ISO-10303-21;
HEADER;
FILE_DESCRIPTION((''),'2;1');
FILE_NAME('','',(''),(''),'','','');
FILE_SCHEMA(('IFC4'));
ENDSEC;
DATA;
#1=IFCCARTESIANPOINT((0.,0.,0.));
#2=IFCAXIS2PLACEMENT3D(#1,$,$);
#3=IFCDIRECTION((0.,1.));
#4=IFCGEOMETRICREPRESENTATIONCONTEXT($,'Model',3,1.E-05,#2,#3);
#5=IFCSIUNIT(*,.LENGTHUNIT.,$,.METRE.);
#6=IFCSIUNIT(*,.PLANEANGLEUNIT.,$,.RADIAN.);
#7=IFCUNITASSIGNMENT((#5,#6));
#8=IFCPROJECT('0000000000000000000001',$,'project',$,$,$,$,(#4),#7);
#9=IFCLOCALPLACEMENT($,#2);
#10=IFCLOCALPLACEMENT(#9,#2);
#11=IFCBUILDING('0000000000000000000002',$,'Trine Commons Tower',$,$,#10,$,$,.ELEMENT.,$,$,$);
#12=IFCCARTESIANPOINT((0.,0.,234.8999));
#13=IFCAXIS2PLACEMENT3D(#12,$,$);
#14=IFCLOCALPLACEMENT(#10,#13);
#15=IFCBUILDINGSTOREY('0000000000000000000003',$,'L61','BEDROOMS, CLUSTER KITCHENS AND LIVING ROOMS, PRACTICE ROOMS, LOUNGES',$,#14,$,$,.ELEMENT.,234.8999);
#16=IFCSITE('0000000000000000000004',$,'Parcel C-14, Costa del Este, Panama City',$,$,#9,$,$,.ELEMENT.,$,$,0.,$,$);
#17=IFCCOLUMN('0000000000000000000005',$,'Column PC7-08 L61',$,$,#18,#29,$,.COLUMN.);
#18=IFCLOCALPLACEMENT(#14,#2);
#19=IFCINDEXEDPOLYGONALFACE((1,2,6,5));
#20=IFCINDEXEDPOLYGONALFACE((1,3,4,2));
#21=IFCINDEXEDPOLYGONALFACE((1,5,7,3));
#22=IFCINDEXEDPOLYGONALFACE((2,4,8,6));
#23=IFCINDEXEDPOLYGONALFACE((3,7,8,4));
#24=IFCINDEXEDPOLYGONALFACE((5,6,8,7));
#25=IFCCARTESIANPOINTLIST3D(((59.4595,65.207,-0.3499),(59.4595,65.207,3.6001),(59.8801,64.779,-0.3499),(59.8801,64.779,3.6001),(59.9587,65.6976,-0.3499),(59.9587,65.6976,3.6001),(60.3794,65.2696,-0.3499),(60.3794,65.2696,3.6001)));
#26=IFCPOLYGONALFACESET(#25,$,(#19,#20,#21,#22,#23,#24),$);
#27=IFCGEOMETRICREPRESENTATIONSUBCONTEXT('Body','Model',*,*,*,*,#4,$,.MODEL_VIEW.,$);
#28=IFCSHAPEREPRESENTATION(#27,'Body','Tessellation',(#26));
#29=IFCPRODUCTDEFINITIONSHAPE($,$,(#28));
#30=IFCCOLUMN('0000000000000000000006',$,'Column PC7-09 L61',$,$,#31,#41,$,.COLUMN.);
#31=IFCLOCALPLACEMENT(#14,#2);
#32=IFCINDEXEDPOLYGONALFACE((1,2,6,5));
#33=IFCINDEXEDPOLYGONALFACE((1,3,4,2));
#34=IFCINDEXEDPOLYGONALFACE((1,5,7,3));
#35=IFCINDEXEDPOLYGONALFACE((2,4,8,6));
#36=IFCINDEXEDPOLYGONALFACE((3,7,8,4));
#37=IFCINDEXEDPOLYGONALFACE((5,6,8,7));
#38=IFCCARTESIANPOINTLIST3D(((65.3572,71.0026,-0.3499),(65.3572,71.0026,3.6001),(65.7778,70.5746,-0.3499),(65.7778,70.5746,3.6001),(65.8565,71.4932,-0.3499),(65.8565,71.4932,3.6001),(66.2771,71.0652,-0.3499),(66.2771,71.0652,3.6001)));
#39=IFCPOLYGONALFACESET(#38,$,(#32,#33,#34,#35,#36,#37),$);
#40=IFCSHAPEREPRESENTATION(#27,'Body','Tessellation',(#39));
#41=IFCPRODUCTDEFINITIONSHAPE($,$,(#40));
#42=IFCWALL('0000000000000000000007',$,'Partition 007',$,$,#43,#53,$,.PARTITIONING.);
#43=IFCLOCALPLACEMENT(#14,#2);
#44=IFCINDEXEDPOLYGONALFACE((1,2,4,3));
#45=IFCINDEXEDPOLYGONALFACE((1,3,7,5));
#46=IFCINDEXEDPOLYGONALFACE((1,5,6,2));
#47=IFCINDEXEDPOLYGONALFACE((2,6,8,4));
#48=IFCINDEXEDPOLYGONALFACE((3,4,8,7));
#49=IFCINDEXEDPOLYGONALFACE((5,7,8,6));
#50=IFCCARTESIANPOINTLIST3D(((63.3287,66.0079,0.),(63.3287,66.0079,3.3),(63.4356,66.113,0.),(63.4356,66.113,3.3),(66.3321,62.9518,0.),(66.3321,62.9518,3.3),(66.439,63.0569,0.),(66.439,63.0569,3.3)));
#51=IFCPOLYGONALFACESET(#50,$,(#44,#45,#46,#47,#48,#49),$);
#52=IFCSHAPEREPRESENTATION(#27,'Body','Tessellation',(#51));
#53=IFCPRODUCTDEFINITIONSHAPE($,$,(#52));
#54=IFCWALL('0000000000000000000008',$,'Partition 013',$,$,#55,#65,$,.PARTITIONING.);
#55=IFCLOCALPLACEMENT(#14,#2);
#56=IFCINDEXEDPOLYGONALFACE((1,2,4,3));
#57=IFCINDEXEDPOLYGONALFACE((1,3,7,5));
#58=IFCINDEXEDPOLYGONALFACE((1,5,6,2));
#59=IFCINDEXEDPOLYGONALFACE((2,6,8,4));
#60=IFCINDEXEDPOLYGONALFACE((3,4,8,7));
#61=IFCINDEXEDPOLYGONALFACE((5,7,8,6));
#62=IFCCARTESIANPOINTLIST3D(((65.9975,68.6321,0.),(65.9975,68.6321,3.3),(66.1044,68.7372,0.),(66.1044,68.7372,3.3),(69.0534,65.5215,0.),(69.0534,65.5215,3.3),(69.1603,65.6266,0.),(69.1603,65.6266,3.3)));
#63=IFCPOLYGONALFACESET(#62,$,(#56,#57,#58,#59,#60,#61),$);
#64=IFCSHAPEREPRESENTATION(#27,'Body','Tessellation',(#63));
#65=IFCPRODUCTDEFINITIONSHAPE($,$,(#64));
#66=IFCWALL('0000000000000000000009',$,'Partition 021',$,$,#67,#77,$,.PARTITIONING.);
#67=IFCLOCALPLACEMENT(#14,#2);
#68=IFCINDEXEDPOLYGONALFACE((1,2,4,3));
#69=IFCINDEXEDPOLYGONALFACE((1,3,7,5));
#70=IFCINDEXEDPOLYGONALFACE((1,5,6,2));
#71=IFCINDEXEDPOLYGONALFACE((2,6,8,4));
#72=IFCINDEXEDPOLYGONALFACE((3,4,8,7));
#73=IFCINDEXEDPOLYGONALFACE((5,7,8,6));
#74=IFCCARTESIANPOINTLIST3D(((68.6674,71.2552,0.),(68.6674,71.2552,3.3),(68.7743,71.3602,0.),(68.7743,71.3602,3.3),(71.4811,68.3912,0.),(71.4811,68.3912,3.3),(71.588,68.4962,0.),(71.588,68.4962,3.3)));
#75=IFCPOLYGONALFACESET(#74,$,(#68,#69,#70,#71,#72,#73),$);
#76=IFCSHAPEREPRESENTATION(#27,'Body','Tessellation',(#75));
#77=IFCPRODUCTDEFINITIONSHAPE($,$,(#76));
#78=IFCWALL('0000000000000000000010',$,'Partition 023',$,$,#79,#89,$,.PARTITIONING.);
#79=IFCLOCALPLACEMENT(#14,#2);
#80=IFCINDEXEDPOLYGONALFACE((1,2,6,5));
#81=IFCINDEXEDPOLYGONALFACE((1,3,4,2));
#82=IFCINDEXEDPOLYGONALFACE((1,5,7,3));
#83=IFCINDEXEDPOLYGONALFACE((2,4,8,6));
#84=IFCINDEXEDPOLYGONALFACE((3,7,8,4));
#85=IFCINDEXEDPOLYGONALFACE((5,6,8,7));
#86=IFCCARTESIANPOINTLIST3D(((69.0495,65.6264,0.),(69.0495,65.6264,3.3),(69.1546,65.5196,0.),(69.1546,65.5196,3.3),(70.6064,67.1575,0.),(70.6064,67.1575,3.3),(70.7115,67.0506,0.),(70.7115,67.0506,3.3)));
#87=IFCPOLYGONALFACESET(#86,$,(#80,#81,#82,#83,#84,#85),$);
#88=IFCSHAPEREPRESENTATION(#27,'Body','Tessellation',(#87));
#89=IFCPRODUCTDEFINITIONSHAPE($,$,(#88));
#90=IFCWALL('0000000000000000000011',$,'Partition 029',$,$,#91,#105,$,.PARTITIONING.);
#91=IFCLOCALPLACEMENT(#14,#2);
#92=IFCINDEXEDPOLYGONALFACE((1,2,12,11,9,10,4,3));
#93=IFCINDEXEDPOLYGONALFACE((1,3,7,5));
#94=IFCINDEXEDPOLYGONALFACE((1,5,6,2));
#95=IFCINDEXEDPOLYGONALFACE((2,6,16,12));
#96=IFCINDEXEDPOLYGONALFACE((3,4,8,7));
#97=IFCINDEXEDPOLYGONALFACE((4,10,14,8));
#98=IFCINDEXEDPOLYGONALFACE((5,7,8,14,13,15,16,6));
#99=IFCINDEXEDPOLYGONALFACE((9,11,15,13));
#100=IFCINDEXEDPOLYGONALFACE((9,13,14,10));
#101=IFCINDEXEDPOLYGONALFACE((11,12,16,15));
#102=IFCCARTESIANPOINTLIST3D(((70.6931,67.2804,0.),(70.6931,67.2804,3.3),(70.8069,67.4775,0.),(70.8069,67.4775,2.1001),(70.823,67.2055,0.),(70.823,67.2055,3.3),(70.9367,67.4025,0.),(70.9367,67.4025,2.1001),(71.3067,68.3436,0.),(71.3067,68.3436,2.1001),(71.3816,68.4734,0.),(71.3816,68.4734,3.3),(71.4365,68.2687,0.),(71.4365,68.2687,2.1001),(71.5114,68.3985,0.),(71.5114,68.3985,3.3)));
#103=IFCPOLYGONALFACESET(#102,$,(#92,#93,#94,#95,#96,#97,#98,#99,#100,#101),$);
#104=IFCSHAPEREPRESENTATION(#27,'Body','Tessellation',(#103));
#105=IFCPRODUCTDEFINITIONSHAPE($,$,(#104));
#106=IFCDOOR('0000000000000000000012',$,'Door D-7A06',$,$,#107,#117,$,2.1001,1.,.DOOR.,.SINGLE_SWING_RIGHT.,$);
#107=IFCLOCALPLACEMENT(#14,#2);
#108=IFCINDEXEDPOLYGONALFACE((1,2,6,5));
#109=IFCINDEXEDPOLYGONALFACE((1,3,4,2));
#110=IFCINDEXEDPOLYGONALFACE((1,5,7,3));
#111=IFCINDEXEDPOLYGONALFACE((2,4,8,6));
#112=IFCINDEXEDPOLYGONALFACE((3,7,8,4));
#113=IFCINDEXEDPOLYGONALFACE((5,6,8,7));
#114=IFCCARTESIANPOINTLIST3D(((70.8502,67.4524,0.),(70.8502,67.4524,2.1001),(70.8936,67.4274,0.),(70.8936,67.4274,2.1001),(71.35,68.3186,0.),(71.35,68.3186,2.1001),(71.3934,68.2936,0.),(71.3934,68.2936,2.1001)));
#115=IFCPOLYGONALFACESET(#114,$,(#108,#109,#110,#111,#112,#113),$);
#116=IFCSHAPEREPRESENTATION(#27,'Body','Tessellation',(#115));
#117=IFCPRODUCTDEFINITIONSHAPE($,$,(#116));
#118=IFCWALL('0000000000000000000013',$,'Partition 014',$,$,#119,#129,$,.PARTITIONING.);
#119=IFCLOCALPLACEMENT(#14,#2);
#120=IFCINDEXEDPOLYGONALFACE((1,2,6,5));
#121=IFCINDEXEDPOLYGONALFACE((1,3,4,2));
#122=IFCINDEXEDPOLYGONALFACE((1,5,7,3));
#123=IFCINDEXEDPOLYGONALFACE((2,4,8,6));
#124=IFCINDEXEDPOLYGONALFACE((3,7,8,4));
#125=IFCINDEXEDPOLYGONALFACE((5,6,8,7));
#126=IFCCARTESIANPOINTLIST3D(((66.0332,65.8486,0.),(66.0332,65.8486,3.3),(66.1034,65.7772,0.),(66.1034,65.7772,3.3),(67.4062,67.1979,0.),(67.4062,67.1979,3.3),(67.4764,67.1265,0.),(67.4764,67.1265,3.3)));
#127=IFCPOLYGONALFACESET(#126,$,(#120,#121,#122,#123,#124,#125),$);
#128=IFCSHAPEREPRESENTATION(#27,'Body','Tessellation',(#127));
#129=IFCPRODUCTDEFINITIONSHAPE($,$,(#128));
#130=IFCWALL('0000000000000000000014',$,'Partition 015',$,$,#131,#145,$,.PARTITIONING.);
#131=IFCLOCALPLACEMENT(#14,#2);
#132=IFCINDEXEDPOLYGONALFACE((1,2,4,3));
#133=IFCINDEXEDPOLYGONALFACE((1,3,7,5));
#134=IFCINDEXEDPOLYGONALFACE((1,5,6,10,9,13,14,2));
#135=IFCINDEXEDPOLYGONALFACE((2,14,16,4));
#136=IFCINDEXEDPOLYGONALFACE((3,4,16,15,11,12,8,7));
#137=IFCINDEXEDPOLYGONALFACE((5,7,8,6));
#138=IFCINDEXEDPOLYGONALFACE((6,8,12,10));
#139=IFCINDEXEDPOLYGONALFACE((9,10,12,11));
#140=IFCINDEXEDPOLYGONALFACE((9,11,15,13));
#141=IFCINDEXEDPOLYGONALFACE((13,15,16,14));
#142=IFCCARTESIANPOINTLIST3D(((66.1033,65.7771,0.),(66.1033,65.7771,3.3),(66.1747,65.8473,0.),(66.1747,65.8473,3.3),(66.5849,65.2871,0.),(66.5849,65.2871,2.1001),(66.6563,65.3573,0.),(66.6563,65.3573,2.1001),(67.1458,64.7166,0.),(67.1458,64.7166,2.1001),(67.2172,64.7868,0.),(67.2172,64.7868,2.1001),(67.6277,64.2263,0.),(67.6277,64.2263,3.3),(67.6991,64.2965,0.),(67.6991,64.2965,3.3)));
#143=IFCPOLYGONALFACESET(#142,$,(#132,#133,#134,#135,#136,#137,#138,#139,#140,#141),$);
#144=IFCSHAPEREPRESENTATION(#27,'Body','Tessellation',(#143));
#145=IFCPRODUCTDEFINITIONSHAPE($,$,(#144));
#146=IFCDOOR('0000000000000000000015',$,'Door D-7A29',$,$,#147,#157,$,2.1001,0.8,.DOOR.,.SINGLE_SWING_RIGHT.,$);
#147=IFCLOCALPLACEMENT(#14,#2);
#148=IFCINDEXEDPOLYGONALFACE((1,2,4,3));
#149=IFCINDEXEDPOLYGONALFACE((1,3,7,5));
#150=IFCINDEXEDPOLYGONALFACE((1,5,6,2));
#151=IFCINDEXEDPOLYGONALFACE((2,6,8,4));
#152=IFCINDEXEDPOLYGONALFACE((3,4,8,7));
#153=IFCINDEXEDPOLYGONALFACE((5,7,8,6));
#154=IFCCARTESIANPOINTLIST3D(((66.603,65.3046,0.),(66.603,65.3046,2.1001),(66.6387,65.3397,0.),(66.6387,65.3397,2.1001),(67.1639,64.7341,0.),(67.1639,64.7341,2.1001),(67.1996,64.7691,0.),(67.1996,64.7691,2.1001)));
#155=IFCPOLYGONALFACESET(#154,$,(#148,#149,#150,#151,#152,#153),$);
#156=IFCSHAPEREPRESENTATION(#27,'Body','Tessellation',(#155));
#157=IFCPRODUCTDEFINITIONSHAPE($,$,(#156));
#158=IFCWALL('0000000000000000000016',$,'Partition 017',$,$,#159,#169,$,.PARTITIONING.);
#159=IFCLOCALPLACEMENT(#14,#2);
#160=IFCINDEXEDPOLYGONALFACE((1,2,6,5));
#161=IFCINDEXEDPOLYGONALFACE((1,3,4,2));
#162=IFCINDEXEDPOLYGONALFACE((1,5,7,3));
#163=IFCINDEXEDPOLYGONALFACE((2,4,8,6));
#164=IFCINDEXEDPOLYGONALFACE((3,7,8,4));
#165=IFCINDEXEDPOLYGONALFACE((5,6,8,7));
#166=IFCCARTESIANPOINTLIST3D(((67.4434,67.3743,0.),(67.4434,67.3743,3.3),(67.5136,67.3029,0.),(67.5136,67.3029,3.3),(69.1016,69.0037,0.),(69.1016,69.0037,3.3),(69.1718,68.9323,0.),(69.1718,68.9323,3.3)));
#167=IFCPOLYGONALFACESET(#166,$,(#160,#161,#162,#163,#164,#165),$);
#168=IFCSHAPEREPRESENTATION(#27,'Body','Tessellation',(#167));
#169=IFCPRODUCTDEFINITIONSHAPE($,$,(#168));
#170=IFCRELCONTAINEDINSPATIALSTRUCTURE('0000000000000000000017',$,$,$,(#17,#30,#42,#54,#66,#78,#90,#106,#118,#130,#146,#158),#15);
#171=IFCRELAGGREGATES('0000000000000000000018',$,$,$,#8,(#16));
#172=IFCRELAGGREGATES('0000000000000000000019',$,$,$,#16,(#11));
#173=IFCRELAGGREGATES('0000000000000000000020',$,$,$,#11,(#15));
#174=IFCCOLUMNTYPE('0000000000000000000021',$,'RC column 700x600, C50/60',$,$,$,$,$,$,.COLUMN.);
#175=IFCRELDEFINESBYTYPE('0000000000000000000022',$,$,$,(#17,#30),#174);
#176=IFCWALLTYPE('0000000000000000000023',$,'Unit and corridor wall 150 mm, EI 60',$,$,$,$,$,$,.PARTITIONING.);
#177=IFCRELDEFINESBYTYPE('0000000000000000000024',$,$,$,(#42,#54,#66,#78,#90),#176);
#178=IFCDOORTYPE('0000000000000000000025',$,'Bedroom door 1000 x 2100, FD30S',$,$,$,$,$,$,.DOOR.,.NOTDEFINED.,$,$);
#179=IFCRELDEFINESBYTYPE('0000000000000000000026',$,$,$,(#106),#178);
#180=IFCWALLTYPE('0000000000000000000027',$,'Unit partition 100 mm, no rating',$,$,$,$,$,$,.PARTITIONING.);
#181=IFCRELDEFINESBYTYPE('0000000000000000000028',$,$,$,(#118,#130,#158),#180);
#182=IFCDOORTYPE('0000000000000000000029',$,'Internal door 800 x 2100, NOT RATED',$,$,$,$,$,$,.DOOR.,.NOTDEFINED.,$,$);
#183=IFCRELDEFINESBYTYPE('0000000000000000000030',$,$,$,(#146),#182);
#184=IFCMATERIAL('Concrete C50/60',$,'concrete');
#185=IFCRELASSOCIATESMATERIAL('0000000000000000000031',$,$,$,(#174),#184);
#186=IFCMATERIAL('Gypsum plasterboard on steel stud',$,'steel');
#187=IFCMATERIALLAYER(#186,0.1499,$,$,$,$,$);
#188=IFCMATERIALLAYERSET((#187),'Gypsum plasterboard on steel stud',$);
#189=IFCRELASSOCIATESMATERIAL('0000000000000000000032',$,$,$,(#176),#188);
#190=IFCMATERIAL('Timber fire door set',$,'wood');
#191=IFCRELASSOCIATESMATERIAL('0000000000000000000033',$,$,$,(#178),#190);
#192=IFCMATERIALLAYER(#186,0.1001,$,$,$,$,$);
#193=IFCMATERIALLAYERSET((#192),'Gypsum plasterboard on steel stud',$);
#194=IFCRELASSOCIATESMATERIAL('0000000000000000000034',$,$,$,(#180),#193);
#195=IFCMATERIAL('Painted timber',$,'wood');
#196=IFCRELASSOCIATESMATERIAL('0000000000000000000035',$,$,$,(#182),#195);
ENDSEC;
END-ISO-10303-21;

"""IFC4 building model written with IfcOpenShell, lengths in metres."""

from ifc_helpers import new_model, si_unit, direction, frame, frame_2d, origin, origin_2d, place, context, subcontext, project, spatial, rectangle, extrude, material, layer, layer_set, material_profile, profile_set, type_object, element, fill, save


model = new_model("IFC4")

# Units and contexts
model_context = context("Model", 3, precision=1e-05, world=origin(), true_north=direction((0.0, 1.0)))
body_context = subcontext(model_context, "Body", "Model", "MODEL_VIEW")
ifc_project = project(units=[si_unit("LENGTHUNIT", "METRE"), si_unit("PLANEANGLEUNIT", "RADIAN")], contexts=[model_context])

# Site, building, storey
site_placement = place(None, origin())
site = spatial("IfcSite", under=ifc_project, at=site_placement, Name="Parcel C-14, Costa del Este, Panama City", CompositionType="ELEMENT", RefElevation=0.0)
building_placement = place(site_placement, origin())
building = spatial("IfcBuilding", under=site, at=building_placement, Name="Trine Commons Tower", CompositionType="ELEMENT")
storey_placement = place(building_placement, frame((0.0, 0.0, 234.8999)))
storey = spatial("IfcBuildingStorey", under=building, at=storey_placement, Name="L61", Description="BEDROOMS, CLUSTER KITCHENS AND LIVING ROOMS, PRACTICE ROOMS, LOUNGES", CompositionType="ELEMENT", Elevation=234.8999)

# Columns
ifc_material_1 = material(Name="Concrete C50/60", Category="concrete")
ifc_material_profile = material_profile(ifc_material_1, rectangle(XDim=0.7, YDim=0.6001, at=origin_2d()), Name="RC 700x600")
ifc_profile_set = profile_set([ifc_material_profile], Name="Concrete C50/60")
column_type = type_object("IfcColumnType", Name="RC column 700x600, C50/60", PredefinedType="COLUMN", material=ifc_profile_set)
for number, where, z_axis, x_axis, name in (
    (1, (59.9194, 65.2383, -0.3499), (0.0, 0.0, 1.0), (0.71325, 0.700909, 0.0), "Column PC7-08 L61"),
    (2, (65.8171, 71.0339, -0.3499), (0.0, 0.0, 1.0), (0.71325, 0.700909, 0.0), "Column PC7-09 L61"),
):
    element("IfcColumn", number, at=place(storey_placement, frame(where, z_axis=z_axis, x_axis=x_axis)), inside=storey, type_object=column_type, Name=name, PredefinedType="COLUMN", context=body_context, shape_type="SweptSolid", body=[
        extrude(rectangle(XDim=0.7, YDim=0.6001, at=origin_2d()), origin(), (0.0, 0.0, 1.0), 3.95),
    ])

# Walls
ifc_material_2 = material(Name="Gypsum plasterboard on steel stud", Category="steel")
ifc_layer_1 = layer(ifc_material_2, 0.1499)
ifc_layer_set_1 = layer_set([ifc_layer_1], Name="Gypsum plasterboard on steel stud")
wall_type_1 = type_object("IfcWallType", Name="Unit and corridor wall 150 mm, EI 60", PredefinedType="PARTITIONING", material=ifc_layer_set_1)
wall_1_placement = place(storey_placement, frame((63.3821, 66.0605, 0.0), z_axis=(0.0, 0.0, 1.0), x_axis=(0.700927, -0.713233, 0.0)))
element("IfcWall", 3, at=wall_1_placement, inside=storey, type_object=wall_type_1, Name="Partition 007", PredefinedType="PARTITIONING", context=body_context, shape_type="SweptSolid", body=[
    extrude(rectangle(XDim=4.2849, YDim=0.1499, at=frame_2d((2.1426, 0.0))), origin(), (0.0, 0.0, 1.0), 3.3),
])
wall_2_placement = place(storey_placement, frame((66.051, 68.6846, 0.0), z_axis=(0.0, 0.0, 1.0), x_axis=(0.700808, -0.71335, 0.0)))
element("IfcWall", 4, at=wall_2_placement, inside=storey, type_object=wall_type_1, Name="Partition 013", PredefinedType="PARTITIONING", context=body_context, shape_type="SweptSolid", body=[
    extrude(rectangle(XDim=4.3606, YDim=0.1499, at=frame_2d((2.1802, 0.0))), origin(), (0.0, 0.0, 1.0), 3.3),
])
wall_3_placement = place(storey_placement, frame((68.7209, 71.3076, 0.0), z_axis=(0.0, 0.0, 1.0), x_axis=(0.700816, -0.713342, 0.0)))
element("IfcWall", 5, at=wall_3_placement, inside=storey, type_object=wall_type_1, Name="Partition 021", PredefinedType="PARTITIONING", context=body_context, shape_type="SweptSolid", body=[
    extrude(rectangle(XDim=4.0149, YDim=0.1499, at=frame_2d((2.0073, 0.0))), origin(), (0.0, 0.0, 1.0), 3.3),
])
wall_4_placement = place(storey_placement, frame((69.1021, 65.573, 0.0), z_axis=(0.0, 0.0, 1.0), x_axis=(0.713008, 0.701156, 0.0)))
element("IfcWall", 6, at=wall_4_placement, inside=storey, type_object=wall_type_1, Name="Partition 023", PredefinedType="PARTITIONING", context=body_context, shape_type="SweptSolid", body=[
    extrude(rectangle(XDim=2.1836, YDim=0.1499, at=frame_2d((1.0918, 0.0))), origin(), (0.0, 0.0, 1.0), 3.3),
])

# Wall, opening, door
wall_5_placement = place(storey_placement, frame((70.7581, 67.2429, 0.0), z_axis=(0.0, 0.0, 1.0), x_axis=(0.499799, 0.866141, 0.0)))
wall_5 = element("IfcWall", 7, at=wall_5_placement, inside=storey, type_object=wall_type_1, Name="Partition 029", PredefinedType="PARTITIONING", context=body_context, shape_type="SweptSolid", body=[
    extrude(rectangle(XDim=1.3774, YDim=0.1499, at=frame_2d((0.6887, 0.0))), origin(), (0.0, 0.0, 1.0), 3.3),
])
opening_1_placement = place(wall_5_placement, frame((0.2275, 0.0, 0.0)))
opening_1 = element("IfcOpeningElement", 8, at=opening_1_placement, cuts=wall_5, PredefinedType="OPENING", context=body_context, shape_type="SweptSolid", body=[
    extrude(rectangle(XDim=1.0, YDim=2.1001, at=frame_2d((0.5, 1.05))), frame((0.0, 0.085, 0.0), z_axis=(0.0, -1.0, 0.0), x_axis=(1.0, 0.0, 0.0)), (0.0, 0.0, 1.0), 0.1699),
])
ifc_material_3 = material(Name="Timber fire door set", Category="wood")
door_type_1 = type_object("IfcDoorType", Name="Bedroom door 1000 x 2100, FD30S", OperationType="NOTDEFINED", PredefinedType="DOOR", material=ifc_material_3)
door_1_placement = place(opening_1_placement, origin())
door_1 = element("IfcDoor", 9, at=door_1_placement, inside=storey, type_object=door_type_1, Name="Door D-7A06", OperationType="SINGLE_SWING_RIGHT", OverallHeight=2.1001, OverallWidth=1.0, PredefinedType="DOOR", context=body_context, shape_type="SweptSolid", body=[
    extrude(rectangle(XDim=1.0, YDim=2.1001, at=frame_2d((0.5, 1.05))), frame((0.0, 0.0249, 0.0), z_axis=(0.0, -1.0, 0.0), x_axis=(1.0, 0.0, 0.0)), (0.0, 0.0, 1.0), 0.05),
])
fill(opening_1, door_1)

# Wall
ifc_layer_2 = layer(ifc_material_2, 0.1001)
ifc_layer_set_2 = layer_set([ifc_layer_2], Name="Gypsum plasterboard on steel stud")
wall_type_2 = type_object("IfcWallType", Name="Unit partition 100 mm, no rating", PredefinedType="PARTITIONING", material=ifc_layer_set_2)
wall_6_placement = place(storey_placement, frame((66.0684, 65.813, 0.0), z_axis=(0.0, 0.0, 1.0), x_axis=(0.713231, 0.700929, 0.0)))
element("IfcWall", 10, at=wall_6_placement, inside=storey, type_object=wall_type_2, Name="Partition 014", PredefinedType="PARTITIONING", context=body_context, shape_type="SweptSolid", body=[
    extrude(rectangle(XDim=1.925, YDim=0.1001, at=frame_2d((0.9624, 0.0))), origin(), (0.0, 0.0, 1.0), 3.3),
])

# Wall, opening, door
wall_7_placement = place(storey_placement, frame((66.1389, 65.8123, 0.0), z_axis=(0.0, 0.0, 1.0), x_axis=(0.701018, -0.713143, 0.0)))
wall_7 = element("IfcWall", 11, at=wall_7_placement, inside=storey, type_object=wall_type_2, Name="Partition 015", PredefinedType="PARTITIONING", context=body_context, shape_type="SweptSolid", body=[
    extrude(rectangle(XDim=2.1746, YDim=0.1001, at=frame_2d((1.0874, 0.0))), origin(), (0.0, 0.0, 1.0), 3.3),
])
opening_2_placement = place(wall_7_placement, frame((0.6873, 0.0, 0.0)))
opening_2 = element("IfcOpeningElement", 12, at=opening_2_placement, cuts=wall_7, PredefinedType="OPENING", context=body_context, shape_type="SweptSolid", body=[
    extrude(rectangle(XDim=0.8, YDim=2.1001, at=frame_2d((0.3999, 1.05))), frame((0.0, 0.0601, 0.0), z_axis=(0.0, -1.0, 0.0), x_axis=(1.0, 0.0, 0.0)), (0.0, 0.0, 1.0), 0.1201),
])
ifc_material_4 = material(Name="Painted timber", Category="wood")
door_type_2 = type_object("IfcDoorType", Name="Internal door 800 x 2100, NOT RATED", OperationType="NOTDEFINED", PredefinedType="DOOR", material=ifc_material_4)
door_2_placement = place(opening_2_placement, frame((0.8, 0.0, 0.0), z_axis=(0.0, 0.0, 1.0), x_axis=(-1.0, 0.0, 0.0)))
door_2 = element("IfcDoor", 13, at=door_2_placement, inside=storey, type_object=door_type_2, Name="Door D-7A29", OperationType="SINGLE_SWING_RIGHT", OverallHeight=2.1001, OverallWidth=0.8, PredefinedType="DOOR", context=body_context, shape_type="SweptSolid", body=[
    extrude(rectangle(XDim=0.8, YDim=2.1001, at=frame_2d((0.3999, 1.05))), frame((0.0, 0.0249, 0.0), z_axis=(0.0, -1.0, 0.0), x_axis=(1.0, 0.0, 0.0)), (0.0, 0.0, 1.0), 0.05),
])
fill(opening_2, door_2)

# Wall
wall_8_placement = place(storey_placement, frame((67.4785, 67.3386, 0.0), z_axis=(0.0, 0.0, 1.0), x_axis=(0.713276, 0.700884, 0.0)))
element("IfcWall", 14, at=wall_8_placement, inside=storey, type_object=wall_type_2, Name="Partition 017", PredefinedType="PARTITIONING", context=body_context, shape_type="SweptSolid", body=[
    extrude(rectangle(XDim=2.3247, YDim=0.1001, at=frame_2d((1.1624, 0.0))), origin(), (0.0, 0.0, 1.0), 3.3),
])

save(model, "model.ifc")
